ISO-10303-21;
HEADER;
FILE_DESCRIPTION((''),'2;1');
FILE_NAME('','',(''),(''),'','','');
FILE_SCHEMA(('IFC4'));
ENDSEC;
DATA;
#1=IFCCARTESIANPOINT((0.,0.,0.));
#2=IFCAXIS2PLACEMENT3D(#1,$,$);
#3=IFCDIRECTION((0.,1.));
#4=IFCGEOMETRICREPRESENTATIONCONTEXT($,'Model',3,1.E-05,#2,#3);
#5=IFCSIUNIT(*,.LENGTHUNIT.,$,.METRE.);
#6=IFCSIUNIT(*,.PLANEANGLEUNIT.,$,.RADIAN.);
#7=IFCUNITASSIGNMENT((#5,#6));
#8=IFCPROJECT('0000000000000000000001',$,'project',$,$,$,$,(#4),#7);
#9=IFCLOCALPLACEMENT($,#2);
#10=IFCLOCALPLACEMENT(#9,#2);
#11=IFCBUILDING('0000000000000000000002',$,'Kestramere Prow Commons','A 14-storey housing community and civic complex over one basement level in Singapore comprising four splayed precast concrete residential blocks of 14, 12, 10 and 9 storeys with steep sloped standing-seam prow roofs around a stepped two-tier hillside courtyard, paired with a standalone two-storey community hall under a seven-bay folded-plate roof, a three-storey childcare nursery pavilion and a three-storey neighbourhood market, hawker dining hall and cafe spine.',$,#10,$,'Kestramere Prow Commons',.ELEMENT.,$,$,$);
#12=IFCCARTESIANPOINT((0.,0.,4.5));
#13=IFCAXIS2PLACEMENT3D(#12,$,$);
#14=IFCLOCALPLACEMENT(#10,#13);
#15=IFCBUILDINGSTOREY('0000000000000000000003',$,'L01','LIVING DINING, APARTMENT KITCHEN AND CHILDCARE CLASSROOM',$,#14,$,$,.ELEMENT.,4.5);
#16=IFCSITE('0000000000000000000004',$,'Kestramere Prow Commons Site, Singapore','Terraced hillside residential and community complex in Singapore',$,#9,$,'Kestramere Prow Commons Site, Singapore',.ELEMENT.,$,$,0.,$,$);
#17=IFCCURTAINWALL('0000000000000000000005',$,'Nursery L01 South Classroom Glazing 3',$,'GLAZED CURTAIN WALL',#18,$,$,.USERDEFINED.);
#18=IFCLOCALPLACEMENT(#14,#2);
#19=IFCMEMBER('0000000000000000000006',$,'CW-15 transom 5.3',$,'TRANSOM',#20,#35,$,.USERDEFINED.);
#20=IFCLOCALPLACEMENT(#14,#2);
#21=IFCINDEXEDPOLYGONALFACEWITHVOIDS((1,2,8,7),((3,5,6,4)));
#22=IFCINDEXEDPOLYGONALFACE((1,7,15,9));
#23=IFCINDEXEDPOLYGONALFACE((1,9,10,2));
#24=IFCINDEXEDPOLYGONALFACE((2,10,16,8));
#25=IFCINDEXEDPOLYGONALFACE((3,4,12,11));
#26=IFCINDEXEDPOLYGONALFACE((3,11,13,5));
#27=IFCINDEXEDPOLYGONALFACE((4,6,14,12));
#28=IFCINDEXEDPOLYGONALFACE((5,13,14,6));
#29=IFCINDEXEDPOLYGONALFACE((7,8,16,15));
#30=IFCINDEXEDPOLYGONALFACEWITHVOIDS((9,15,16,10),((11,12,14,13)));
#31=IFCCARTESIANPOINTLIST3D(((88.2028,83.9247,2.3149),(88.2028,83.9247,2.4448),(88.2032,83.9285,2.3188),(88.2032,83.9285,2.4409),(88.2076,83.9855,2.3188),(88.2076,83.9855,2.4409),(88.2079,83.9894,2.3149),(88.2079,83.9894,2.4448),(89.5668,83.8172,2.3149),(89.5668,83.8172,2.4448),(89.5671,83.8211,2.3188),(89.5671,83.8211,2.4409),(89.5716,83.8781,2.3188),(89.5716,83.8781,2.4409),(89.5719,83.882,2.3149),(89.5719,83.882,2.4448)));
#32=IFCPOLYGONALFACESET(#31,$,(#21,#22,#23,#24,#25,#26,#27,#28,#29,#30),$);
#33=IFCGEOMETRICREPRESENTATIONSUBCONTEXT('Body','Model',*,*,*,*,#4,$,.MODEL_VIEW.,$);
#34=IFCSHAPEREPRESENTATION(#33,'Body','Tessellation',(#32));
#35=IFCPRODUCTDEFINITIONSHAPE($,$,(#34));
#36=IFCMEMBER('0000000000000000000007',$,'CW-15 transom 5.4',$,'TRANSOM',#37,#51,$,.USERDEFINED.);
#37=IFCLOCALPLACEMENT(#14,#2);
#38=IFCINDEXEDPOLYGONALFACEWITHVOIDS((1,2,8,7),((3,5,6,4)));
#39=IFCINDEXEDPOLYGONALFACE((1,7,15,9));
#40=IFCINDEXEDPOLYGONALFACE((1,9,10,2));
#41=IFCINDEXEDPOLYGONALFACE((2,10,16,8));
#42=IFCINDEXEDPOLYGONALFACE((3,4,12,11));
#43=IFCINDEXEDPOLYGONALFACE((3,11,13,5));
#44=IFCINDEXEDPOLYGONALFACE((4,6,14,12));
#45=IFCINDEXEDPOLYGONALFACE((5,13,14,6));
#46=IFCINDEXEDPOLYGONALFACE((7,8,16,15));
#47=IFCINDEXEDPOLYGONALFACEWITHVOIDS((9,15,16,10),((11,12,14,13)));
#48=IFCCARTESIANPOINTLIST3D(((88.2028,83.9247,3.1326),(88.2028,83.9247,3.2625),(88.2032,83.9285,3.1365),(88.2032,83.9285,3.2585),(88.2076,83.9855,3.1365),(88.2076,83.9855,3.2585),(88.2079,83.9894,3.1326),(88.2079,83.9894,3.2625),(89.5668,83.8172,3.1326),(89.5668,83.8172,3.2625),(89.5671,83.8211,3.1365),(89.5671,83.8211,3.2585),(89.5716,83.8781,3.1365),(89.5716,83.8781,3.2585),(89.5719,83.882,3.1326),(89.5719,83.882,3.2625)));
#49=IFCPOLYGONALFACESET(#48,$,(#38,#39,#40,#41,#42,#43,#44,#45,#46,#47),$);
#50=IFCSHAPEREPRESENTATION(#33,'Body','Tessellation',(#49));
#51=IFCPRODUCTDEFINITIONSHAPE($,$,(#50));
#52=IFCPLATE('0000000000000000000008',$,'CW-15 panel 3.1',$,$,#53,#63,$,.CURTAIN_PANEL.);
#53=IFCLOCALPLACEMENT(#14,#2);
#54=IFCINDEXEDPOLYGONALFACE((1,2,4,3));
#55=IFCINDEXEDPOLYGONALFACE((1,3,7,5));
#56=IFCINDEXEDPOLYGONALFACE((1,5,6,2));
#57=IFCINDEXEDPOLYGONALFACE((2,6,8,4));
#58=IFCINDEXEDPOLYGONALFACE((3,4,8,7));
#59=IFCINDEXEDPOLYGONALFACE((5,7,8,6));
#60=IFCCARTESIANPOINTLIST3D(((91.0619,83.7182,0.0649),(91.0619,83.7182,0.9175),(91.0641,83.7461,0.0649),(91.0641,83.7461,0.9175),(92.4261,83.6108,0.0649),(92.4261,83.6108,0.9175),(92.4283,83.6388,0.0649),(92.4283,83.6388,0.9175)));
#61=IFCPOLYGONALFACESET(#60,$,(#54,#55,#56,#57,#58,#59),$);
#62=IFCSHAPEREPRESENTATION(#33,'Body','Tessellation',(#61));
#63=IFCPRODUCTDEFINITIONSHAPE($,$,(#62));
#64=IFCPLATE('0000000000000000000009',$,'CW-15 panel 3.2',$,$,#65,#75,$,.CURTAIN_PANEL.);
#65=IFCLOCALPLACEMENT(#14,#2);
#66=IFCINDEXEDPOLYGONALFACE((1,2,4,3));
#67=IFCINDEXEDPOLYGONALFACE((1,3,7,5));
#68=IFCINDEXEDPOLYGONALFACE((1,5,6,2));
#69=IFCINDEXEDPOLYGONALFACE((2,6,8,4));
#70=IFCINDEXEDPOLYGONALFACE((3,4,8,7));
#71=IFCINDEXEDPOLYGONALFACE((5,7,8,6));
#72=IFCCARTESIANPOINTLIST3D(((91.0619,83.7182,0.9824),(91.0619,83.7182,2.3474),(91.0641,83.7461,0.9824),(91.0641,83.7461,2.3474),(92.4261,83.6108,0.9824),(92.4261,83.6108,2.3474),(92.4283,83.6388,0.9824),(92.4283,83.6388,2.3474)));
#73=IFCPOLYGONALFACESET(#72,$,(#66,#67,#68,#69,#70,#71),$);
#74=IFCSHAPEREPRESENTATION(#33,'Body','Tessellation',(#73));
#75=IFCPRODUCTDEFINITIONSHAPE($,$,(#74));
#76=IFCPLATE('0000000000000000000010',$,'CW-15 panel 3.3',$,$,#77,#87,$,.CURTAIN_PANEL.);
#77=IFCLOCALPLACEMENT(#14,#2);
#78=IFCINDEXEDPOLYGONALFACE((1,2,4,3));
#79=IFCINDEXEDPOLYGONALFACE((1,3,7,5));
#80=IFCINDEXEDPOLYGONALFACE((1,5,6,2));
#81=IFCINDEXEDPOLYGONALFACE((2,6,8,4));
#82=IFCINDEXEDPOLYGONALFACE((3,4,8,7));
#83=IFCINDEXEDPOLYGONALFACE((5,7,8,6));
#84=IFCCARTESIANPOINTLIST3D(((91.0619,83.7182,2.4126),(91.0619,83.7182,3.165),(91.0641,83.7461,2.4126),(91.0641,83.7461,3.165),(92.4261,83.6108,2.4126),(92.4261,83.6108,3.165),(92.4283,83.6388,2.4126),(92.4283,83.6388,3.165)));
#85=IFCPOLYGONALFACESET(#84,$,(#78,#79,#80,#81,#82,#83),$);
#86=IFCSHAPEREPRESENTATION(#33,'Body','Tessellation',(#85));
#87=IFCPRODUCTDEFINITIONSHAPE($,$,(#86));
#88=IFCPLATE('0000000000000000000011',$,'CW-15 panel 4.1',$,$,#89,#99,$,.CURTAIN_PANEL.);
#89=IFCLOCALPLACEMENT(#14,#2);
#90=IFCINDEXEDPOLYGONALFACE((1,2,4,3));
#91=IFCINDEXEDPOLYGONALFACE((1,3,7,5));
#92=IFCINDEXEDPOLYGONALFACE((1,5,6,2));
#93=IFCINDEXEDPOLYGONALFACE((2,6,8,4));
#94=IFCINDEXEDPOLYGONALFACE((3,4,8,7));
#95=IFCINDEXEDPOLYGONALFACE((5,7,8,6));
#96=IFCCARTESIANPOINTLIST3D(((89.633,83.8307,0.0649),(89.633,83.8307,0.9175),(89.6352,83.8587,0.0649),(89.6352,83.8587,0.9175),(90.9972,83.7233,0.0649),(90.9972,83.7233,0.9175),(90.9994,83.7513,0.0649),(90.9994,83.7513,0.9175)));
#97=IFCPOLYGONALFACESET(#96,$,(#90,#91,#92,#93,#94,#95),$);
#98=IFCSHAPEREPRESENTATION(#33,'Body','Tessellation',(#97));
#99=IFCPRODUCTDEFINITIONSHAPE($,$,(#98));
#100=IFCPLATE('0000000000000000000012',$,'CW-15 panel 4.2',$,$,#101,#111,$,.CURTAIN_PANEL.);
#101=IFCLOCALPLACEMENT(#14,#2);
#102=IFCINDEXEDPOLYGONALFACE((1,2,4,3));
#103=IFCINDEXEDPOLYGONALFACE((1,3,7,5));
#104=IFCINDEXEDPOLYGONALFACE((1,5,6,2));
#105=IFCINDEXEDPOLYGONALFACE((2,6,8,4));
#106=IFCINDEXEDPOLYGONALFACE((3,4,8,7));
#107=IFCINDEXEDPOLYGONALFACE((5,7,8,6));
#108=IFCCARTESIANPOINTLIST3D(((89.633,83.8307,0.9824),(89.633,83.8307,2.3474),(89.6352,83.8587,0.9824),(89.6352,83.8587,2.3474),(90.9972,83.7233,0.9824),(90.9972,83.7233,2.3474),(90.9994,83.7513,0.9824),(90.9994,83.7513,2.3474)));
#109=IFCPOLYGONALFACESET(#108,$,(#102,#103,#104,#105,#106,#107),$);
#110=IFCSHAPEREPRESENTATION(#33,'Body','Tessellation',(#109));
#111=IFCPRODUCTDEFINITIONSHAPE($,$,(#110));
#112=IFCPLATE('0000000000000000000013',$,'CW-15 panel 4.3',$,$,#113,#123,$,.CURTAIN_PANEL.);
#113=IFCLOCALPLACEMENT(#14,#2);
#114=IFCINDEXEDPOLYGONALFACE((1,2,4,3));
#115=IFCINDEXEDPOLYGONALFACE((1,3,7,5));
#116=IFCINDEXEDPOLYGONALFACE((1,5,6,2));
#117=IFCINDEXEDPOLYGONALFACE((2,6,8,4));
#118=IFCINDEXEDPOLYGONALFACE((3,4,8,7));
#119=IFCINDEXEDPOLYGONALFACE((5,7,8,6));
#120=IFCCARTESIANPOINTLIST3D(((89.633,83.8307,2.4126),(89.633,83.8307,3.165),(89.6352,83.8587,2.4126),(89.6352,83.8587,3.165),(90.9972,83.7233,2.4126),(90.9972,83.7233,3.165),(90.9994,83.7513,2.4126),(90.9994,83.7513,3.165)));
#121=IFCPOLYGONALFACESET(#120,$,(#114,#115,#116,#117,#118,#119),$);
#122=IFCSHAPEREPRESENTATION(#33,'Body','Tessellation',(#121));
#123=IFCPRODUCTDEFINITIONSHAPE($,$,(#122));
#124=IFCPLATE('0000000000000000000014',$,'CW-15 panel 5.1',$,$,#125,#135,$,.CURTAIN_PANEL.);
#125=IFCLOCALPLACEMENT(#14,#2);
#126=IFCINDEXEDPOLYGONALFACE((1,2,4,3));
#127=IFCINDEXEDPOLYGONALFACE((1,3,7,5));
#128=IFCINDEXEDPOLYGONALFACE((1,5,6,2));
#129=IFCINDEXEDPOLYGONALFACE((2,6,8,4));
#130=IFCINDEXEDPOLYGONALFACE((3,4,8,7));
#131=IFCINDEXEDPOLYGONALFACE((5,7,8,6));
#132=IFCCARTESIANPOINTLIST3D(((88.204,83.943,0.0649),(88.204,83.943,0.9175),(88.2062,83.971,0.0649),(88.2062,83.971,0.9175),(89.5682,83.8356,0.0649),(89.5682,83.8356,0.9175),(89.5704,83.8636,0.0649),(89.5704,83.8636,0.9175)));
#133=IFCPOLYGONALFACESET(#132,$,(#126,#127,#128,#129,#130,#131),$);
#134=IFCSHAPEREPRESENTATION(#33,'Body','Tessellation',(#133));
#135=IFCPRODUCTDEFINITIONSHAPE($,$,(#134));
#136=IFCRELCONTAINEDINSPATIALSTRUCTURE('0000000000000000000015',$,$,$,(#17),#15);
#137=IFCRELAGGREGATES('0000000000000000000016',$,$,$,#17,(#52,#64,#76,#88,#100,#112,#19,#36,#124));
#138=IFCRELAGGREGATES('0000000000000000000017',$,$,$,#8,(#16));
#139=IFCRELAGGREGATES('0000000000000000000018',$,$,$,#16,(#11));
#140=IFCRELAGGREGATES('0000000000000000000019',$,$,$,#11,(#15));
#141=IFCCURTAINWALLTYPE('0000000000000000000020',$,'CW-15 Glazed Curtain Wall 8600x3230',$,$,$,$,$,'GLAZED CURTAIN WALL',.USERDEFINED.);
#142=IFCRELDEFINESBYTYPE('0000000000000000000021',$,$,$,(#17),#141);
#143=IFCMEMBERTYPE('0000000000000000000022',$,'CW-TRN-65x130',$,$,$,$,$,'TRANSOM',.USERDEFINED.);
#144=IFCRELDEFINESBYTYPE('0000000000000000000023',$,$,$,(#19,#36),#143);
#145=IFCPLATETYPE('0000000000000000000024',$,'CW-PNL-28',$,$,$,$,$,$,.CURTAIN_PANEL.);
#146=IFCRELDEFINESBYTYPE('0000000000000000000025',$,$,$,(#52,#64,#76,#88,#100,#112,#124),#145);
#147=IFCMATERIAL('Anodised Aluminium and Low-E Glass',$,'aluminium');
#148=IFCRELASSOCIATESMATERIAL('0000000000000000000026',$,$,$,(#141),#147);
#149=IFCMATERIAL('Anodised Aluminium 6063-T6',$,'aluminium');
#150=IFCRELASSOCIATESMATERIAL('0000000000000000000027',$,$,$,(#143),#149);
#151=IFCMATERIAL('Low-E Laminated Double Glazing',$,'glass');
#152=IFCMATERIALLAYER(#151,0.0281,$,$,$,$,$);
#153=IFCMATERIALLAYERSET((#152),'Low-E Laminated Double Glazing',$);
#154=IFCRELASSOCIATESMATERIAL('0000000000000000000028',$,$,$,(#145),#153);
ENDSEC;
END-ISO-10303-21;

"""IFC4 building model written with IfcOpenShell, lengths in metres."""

from ifc_helpers import new_model, si_unit, direction, frame, origin, origin_2d, place, context, subcontext, project, spatial, rectangle, hollow_rectangle, extrude, material, layer, layer_set, material_profile, profile_set, type_object, element, aggregate, save


model = new_model("IFC4")

# Units and contexts
model_context = context("Model", 3, precision=1e-05, world=origin(), true_north=direction((0.0, 1.0)))
body_context = subcontext(model_context, "Body", "Model", "MODEL_VIEW")
ifc_project = project(units=[si_unit("LENGTHUNIT", "METRE"), si_unit("PLANEANGLEUNIT", "RADIAN")], contexts=[model_context])

# Site, building, storey
site_placement = place(None, origin())
site = spatial("IfcSite", under=ifc_project, at=site_placement, Name="Kestramere Prow Commons Site, Singapore", Description="Terraced hillside residential and community complex in Singapore", LongName="Kestramere Prow Commons Site, Singapore", CompositionType="ELEMENT", RefElevation=0.0)
building_placement = place(site_placement, origin())
building = spatial("IfcBuilding", under=site, at=building_placement, Name="Kestramere Prow Commons", Description="A 14-storey housing community and civic complex over one basement level in Singapore comprising four splayed precast concrete residential blocks of 14, 12, 10 and 9 storeys with steep sloped standing-seam prow roofs around a stepped two-tier hillside courtyard, paired with a standalone two-storey community hall under a seven-bay folded-plate roof, a three-storey childcare nursery pavilion and a three-storey neighbourhood market, hawker dining hall and cafe spine.", LongName="Kestramere Prow Commons", CompositionType="ELEMENT")
storey_placement = place(building_placement, frame((0.0, 0.0, 4.5)))
storey = spatial("IfcBuildingStorey", under=building, at=storey_placement, Name="L01", Description="LIVING DINING, APARTMENT KITCHEN AND CHILDCARE CLASSROOM", CompositionType="ELEMENT", Elevation=4.5)

# Curtain wall, members, plates
ifc_material_1 = material(Name="Anodised Aluminium and Low-E Glass", Category="aluminium")
curtain_wall_type = type_object("IfcCurtainWallType", Name="CW-15 Glazed Curtain Wall 8600x3230", ElementType="GLAZED CURTAIN WALL", PredefinedType="USERDEFINED", material=ifc_material_1)
curtain_wall_placement = place(storey_placement, origin())
curtain_wall = element("IfcCurtainWall", 1, at=curtain_wall_placement, inside=storey, type_object=curtain_wall_type, Name="Nursery L01 South Classroom Glazing 3", ObjectType="GLAZED CURTAIN WALL", PredefinedType="USERDEFINED")
ifc_material_2 = material(Name="Anodised Aluminium 6063-T6", Category="aluminium")
ifc_material_profile_1 = material_profile(ifc_material_2, hollow_rectangle(XDim=0.0649, YDim=0.1299, WallThickness=0.0039, at=origin_2d()), Name="ALU-TRN 65x130")
ifc_profile_set_1 = profile_set([ifc_material_profile_1], Name="Anodised Aluminium 6063-T6")
member_type_1 = type_object("IfcMemberType", Name="CW-TRN-65x130", ElementType="TRANSOM", PredefinedType="USERDEFINED", material=ifc_profile_set_1)
member_1_placement = place(storey_placement, frame((89.5693, 83.8496, 2.3799), z_axis=(-0.996913, 0.078511, 0.0), x_axis=(-0.078511, -0.996913, 0.0)))
member_1 = element("IfcMember", 2, at=member_1_placement, type_object=member_type_1, Name="CW-15 transom 5.3", ObjectType="TRANSOM", PredefinedType="USERDEFINED", context=body_context, shape_type="SweptSolid", body=[
    extrude(hollow_rectangle(XDim=0.0649, YDim=0.1299, WallThickness=0.0039, at=origin_2d()), origin(), (0.0, 0.0, 1.0), 1.3682),
])
member_2_placement = place(storey_placement, frame((89.5693, 83.8496, 3.1975), z_axis=(-0.996913, 0.078511, 0.0), x_axis=(-0.078511, -0.996913, 0.0)))
member_2 = element("IfcMember", 3, at=member_2_placement, type_object=member_type_1, Name="CW-15 transom 5.4", ObjectType="TRANSOM", PredefinedType="USERDEFINED", context=body_context, shape_type="SweptSolid", body=[
    extrude(hollow_rectangle(XDim=0.0649, YDim=0.1299, WallThickness=0.0039, at=origin_2d()), origin(), (0.0, 0.0, 1.0), 1.3682),
])
ifc_material_3 = material(Name="Low-E Laminated Double Glazing", Category="glass")
ifc_layer = layer(ifc_material_3, 0.0281)
ifc_layer_set = layer_set([ifc_layer], Name="Low-E Laminated Double Glazing")
plate_type = type_object("IfcPlateType", Name="CW-PNL-28", PredefinedType="CURTAIN_PANEL", material=ifc_layer_set)
plate_1_placement = place(storey_placement, frame((91.7451, 83.6785, 0.0649), z_axis=(0.0, 0.0, 1.0), x_axis=(-0.996917, 0.078459, 0.0)))
plate_1 = element("IfcPlate", 4, at=plate_1_placement, type_object=plate_type, Name="CW-15 panel 3.1", PredefinedType="CURTAIN_PANEL", context=body_context, shape_type="SweptSolid", body=[
    extrude(rectangle(XDim=1.3684, YDim=0.0281, at=origin_2d()), origin(), (0.0, 0.0, 1.0), 0.8525),
])
plate_2_placement = place(storey_placement, frame((91.7451, 83.6785, 0.9824), z_axis=(0.0, 0.0, 1.0), x_axis=(-0.996917, 0.078459, 0.0)))
plate_2 = element("IfcPlate", 5, at=plate_2_placement, type_object=plate_type, Name="CW-15 panel 3.2", PredefinedType="CURTAIN_PANEL", context=body_context, shape_type="SweptSolid", body=[
    extrude(rectangle(XDim=1.3684, YDim=0.0281, at=origin_2d()), origin(), (0.0, 0.0, 1.0), 1.365),
])
plate_3_placement = place(storey_placement, frame((91.7451, 83.6785, 2.4126), z_axis=(0.0, 0.0, 1.0), x_axis=(-0.996917, 0.078459, 0.0)))
plate_3 = element("IfcPlate", 6, at=plate_3_placement, type_object=plate_type, Name="CW-15 panel 3.3", PredefinedType="CURTAIN_PANEL", context=body_context, shape_type="SweptSolid", body=[
    extrude(rectangle(XDim=1.3684, YDim=0.0281, at=origin_2d()), origin(), (0.0, 0.0, 1.0), 0.7524),
])
plate_4_placement = place(storey_placement, frame((90.3162, 83.791, 0.0649), z_axis=(0.0, 0.0, 1.0), x_axis=(-0.996917, 0.078459, 0.0)))
plate_4 = element("IfcPlate", 7, at=plate_4_placement, type_object=plate_type, Name="CW-15 panel 4.1", PredefinedType="CURTAIN_PANEL", context=body_context, shape_type="SweptSolid", body=[
    extrude(rectangle(XDim=1.3684, YDim=0.0281, at=origin_2d()), origin(), (0.0, 0.0, 1.0), 0.8525),
])
plate_5_placement = place(storey_placement, frame((90.3162, 83.791, 0.9824), z_axis=(0.0, 0.0, 1.0), x_axis=(-0.996917, 0.078459, 0.0)))
plate_5 = element("IfcPlate", 8, at=plate_5_placement, type_object=plate_type, Name="CW-15 panel 4.2", PredefinedType="CURTAIN_PANEL", context=body_context, shape_type="SweptSolid", body=[
    extrude(rectangle(XDim=1.3684, YDim=0.0281, at=origin_2d()), origin(), (0.0, 0.0, 1.0), 1.365),
])
plate_6_placement = place(storey_placement, frame((90.3162, 83.791, 2.4126), z_axis=(0.0, 0.0, 1.0), x_axis=(-0.996917, 0.078459, 0.0)))
plate_6 = element("IfcPlate", 9, at=plate_6_placement, type_object=plate_type, Name="CW-15 panel 4.3", PredefinedType="CURTAIN_PANEL", context=body_context, shape_type="SweptSolid", body=[
    extrude(rectangle(XDim=1.3684, YDim=0.0281, at=origin_2d()), origin(), (0.0, 0.0, 1.0), 0.7524),
])
plate_7_placement = place(storey_placement, frame((88.8872, 83.9033, 0.0649), z_axis=(0.0, 0.0, 1.0), x_axis=(-0.996917, 0.078459, 0.0)))
plate_7 = element("IfcPlate", 10, at=plate_7_placement, type_object=plate_type, Name="CW-15 panel 5.1", PredefinedType="CURTAIN_PANEL", context=body_context, shape_type="SweptSolid", body=[
    extrude(rectangle(XDim=1.3684, YDim=0.0281, at=origin_2d()), origin(), (0.0, 0.0, 1.0), 0.8525),
])
aggregate(curtain_wall, [plate_1, plate_2, plate_3, plate_4, plate_5, plate_6, member_1, member_2, plate_7])

save(model, "model.ifc")
